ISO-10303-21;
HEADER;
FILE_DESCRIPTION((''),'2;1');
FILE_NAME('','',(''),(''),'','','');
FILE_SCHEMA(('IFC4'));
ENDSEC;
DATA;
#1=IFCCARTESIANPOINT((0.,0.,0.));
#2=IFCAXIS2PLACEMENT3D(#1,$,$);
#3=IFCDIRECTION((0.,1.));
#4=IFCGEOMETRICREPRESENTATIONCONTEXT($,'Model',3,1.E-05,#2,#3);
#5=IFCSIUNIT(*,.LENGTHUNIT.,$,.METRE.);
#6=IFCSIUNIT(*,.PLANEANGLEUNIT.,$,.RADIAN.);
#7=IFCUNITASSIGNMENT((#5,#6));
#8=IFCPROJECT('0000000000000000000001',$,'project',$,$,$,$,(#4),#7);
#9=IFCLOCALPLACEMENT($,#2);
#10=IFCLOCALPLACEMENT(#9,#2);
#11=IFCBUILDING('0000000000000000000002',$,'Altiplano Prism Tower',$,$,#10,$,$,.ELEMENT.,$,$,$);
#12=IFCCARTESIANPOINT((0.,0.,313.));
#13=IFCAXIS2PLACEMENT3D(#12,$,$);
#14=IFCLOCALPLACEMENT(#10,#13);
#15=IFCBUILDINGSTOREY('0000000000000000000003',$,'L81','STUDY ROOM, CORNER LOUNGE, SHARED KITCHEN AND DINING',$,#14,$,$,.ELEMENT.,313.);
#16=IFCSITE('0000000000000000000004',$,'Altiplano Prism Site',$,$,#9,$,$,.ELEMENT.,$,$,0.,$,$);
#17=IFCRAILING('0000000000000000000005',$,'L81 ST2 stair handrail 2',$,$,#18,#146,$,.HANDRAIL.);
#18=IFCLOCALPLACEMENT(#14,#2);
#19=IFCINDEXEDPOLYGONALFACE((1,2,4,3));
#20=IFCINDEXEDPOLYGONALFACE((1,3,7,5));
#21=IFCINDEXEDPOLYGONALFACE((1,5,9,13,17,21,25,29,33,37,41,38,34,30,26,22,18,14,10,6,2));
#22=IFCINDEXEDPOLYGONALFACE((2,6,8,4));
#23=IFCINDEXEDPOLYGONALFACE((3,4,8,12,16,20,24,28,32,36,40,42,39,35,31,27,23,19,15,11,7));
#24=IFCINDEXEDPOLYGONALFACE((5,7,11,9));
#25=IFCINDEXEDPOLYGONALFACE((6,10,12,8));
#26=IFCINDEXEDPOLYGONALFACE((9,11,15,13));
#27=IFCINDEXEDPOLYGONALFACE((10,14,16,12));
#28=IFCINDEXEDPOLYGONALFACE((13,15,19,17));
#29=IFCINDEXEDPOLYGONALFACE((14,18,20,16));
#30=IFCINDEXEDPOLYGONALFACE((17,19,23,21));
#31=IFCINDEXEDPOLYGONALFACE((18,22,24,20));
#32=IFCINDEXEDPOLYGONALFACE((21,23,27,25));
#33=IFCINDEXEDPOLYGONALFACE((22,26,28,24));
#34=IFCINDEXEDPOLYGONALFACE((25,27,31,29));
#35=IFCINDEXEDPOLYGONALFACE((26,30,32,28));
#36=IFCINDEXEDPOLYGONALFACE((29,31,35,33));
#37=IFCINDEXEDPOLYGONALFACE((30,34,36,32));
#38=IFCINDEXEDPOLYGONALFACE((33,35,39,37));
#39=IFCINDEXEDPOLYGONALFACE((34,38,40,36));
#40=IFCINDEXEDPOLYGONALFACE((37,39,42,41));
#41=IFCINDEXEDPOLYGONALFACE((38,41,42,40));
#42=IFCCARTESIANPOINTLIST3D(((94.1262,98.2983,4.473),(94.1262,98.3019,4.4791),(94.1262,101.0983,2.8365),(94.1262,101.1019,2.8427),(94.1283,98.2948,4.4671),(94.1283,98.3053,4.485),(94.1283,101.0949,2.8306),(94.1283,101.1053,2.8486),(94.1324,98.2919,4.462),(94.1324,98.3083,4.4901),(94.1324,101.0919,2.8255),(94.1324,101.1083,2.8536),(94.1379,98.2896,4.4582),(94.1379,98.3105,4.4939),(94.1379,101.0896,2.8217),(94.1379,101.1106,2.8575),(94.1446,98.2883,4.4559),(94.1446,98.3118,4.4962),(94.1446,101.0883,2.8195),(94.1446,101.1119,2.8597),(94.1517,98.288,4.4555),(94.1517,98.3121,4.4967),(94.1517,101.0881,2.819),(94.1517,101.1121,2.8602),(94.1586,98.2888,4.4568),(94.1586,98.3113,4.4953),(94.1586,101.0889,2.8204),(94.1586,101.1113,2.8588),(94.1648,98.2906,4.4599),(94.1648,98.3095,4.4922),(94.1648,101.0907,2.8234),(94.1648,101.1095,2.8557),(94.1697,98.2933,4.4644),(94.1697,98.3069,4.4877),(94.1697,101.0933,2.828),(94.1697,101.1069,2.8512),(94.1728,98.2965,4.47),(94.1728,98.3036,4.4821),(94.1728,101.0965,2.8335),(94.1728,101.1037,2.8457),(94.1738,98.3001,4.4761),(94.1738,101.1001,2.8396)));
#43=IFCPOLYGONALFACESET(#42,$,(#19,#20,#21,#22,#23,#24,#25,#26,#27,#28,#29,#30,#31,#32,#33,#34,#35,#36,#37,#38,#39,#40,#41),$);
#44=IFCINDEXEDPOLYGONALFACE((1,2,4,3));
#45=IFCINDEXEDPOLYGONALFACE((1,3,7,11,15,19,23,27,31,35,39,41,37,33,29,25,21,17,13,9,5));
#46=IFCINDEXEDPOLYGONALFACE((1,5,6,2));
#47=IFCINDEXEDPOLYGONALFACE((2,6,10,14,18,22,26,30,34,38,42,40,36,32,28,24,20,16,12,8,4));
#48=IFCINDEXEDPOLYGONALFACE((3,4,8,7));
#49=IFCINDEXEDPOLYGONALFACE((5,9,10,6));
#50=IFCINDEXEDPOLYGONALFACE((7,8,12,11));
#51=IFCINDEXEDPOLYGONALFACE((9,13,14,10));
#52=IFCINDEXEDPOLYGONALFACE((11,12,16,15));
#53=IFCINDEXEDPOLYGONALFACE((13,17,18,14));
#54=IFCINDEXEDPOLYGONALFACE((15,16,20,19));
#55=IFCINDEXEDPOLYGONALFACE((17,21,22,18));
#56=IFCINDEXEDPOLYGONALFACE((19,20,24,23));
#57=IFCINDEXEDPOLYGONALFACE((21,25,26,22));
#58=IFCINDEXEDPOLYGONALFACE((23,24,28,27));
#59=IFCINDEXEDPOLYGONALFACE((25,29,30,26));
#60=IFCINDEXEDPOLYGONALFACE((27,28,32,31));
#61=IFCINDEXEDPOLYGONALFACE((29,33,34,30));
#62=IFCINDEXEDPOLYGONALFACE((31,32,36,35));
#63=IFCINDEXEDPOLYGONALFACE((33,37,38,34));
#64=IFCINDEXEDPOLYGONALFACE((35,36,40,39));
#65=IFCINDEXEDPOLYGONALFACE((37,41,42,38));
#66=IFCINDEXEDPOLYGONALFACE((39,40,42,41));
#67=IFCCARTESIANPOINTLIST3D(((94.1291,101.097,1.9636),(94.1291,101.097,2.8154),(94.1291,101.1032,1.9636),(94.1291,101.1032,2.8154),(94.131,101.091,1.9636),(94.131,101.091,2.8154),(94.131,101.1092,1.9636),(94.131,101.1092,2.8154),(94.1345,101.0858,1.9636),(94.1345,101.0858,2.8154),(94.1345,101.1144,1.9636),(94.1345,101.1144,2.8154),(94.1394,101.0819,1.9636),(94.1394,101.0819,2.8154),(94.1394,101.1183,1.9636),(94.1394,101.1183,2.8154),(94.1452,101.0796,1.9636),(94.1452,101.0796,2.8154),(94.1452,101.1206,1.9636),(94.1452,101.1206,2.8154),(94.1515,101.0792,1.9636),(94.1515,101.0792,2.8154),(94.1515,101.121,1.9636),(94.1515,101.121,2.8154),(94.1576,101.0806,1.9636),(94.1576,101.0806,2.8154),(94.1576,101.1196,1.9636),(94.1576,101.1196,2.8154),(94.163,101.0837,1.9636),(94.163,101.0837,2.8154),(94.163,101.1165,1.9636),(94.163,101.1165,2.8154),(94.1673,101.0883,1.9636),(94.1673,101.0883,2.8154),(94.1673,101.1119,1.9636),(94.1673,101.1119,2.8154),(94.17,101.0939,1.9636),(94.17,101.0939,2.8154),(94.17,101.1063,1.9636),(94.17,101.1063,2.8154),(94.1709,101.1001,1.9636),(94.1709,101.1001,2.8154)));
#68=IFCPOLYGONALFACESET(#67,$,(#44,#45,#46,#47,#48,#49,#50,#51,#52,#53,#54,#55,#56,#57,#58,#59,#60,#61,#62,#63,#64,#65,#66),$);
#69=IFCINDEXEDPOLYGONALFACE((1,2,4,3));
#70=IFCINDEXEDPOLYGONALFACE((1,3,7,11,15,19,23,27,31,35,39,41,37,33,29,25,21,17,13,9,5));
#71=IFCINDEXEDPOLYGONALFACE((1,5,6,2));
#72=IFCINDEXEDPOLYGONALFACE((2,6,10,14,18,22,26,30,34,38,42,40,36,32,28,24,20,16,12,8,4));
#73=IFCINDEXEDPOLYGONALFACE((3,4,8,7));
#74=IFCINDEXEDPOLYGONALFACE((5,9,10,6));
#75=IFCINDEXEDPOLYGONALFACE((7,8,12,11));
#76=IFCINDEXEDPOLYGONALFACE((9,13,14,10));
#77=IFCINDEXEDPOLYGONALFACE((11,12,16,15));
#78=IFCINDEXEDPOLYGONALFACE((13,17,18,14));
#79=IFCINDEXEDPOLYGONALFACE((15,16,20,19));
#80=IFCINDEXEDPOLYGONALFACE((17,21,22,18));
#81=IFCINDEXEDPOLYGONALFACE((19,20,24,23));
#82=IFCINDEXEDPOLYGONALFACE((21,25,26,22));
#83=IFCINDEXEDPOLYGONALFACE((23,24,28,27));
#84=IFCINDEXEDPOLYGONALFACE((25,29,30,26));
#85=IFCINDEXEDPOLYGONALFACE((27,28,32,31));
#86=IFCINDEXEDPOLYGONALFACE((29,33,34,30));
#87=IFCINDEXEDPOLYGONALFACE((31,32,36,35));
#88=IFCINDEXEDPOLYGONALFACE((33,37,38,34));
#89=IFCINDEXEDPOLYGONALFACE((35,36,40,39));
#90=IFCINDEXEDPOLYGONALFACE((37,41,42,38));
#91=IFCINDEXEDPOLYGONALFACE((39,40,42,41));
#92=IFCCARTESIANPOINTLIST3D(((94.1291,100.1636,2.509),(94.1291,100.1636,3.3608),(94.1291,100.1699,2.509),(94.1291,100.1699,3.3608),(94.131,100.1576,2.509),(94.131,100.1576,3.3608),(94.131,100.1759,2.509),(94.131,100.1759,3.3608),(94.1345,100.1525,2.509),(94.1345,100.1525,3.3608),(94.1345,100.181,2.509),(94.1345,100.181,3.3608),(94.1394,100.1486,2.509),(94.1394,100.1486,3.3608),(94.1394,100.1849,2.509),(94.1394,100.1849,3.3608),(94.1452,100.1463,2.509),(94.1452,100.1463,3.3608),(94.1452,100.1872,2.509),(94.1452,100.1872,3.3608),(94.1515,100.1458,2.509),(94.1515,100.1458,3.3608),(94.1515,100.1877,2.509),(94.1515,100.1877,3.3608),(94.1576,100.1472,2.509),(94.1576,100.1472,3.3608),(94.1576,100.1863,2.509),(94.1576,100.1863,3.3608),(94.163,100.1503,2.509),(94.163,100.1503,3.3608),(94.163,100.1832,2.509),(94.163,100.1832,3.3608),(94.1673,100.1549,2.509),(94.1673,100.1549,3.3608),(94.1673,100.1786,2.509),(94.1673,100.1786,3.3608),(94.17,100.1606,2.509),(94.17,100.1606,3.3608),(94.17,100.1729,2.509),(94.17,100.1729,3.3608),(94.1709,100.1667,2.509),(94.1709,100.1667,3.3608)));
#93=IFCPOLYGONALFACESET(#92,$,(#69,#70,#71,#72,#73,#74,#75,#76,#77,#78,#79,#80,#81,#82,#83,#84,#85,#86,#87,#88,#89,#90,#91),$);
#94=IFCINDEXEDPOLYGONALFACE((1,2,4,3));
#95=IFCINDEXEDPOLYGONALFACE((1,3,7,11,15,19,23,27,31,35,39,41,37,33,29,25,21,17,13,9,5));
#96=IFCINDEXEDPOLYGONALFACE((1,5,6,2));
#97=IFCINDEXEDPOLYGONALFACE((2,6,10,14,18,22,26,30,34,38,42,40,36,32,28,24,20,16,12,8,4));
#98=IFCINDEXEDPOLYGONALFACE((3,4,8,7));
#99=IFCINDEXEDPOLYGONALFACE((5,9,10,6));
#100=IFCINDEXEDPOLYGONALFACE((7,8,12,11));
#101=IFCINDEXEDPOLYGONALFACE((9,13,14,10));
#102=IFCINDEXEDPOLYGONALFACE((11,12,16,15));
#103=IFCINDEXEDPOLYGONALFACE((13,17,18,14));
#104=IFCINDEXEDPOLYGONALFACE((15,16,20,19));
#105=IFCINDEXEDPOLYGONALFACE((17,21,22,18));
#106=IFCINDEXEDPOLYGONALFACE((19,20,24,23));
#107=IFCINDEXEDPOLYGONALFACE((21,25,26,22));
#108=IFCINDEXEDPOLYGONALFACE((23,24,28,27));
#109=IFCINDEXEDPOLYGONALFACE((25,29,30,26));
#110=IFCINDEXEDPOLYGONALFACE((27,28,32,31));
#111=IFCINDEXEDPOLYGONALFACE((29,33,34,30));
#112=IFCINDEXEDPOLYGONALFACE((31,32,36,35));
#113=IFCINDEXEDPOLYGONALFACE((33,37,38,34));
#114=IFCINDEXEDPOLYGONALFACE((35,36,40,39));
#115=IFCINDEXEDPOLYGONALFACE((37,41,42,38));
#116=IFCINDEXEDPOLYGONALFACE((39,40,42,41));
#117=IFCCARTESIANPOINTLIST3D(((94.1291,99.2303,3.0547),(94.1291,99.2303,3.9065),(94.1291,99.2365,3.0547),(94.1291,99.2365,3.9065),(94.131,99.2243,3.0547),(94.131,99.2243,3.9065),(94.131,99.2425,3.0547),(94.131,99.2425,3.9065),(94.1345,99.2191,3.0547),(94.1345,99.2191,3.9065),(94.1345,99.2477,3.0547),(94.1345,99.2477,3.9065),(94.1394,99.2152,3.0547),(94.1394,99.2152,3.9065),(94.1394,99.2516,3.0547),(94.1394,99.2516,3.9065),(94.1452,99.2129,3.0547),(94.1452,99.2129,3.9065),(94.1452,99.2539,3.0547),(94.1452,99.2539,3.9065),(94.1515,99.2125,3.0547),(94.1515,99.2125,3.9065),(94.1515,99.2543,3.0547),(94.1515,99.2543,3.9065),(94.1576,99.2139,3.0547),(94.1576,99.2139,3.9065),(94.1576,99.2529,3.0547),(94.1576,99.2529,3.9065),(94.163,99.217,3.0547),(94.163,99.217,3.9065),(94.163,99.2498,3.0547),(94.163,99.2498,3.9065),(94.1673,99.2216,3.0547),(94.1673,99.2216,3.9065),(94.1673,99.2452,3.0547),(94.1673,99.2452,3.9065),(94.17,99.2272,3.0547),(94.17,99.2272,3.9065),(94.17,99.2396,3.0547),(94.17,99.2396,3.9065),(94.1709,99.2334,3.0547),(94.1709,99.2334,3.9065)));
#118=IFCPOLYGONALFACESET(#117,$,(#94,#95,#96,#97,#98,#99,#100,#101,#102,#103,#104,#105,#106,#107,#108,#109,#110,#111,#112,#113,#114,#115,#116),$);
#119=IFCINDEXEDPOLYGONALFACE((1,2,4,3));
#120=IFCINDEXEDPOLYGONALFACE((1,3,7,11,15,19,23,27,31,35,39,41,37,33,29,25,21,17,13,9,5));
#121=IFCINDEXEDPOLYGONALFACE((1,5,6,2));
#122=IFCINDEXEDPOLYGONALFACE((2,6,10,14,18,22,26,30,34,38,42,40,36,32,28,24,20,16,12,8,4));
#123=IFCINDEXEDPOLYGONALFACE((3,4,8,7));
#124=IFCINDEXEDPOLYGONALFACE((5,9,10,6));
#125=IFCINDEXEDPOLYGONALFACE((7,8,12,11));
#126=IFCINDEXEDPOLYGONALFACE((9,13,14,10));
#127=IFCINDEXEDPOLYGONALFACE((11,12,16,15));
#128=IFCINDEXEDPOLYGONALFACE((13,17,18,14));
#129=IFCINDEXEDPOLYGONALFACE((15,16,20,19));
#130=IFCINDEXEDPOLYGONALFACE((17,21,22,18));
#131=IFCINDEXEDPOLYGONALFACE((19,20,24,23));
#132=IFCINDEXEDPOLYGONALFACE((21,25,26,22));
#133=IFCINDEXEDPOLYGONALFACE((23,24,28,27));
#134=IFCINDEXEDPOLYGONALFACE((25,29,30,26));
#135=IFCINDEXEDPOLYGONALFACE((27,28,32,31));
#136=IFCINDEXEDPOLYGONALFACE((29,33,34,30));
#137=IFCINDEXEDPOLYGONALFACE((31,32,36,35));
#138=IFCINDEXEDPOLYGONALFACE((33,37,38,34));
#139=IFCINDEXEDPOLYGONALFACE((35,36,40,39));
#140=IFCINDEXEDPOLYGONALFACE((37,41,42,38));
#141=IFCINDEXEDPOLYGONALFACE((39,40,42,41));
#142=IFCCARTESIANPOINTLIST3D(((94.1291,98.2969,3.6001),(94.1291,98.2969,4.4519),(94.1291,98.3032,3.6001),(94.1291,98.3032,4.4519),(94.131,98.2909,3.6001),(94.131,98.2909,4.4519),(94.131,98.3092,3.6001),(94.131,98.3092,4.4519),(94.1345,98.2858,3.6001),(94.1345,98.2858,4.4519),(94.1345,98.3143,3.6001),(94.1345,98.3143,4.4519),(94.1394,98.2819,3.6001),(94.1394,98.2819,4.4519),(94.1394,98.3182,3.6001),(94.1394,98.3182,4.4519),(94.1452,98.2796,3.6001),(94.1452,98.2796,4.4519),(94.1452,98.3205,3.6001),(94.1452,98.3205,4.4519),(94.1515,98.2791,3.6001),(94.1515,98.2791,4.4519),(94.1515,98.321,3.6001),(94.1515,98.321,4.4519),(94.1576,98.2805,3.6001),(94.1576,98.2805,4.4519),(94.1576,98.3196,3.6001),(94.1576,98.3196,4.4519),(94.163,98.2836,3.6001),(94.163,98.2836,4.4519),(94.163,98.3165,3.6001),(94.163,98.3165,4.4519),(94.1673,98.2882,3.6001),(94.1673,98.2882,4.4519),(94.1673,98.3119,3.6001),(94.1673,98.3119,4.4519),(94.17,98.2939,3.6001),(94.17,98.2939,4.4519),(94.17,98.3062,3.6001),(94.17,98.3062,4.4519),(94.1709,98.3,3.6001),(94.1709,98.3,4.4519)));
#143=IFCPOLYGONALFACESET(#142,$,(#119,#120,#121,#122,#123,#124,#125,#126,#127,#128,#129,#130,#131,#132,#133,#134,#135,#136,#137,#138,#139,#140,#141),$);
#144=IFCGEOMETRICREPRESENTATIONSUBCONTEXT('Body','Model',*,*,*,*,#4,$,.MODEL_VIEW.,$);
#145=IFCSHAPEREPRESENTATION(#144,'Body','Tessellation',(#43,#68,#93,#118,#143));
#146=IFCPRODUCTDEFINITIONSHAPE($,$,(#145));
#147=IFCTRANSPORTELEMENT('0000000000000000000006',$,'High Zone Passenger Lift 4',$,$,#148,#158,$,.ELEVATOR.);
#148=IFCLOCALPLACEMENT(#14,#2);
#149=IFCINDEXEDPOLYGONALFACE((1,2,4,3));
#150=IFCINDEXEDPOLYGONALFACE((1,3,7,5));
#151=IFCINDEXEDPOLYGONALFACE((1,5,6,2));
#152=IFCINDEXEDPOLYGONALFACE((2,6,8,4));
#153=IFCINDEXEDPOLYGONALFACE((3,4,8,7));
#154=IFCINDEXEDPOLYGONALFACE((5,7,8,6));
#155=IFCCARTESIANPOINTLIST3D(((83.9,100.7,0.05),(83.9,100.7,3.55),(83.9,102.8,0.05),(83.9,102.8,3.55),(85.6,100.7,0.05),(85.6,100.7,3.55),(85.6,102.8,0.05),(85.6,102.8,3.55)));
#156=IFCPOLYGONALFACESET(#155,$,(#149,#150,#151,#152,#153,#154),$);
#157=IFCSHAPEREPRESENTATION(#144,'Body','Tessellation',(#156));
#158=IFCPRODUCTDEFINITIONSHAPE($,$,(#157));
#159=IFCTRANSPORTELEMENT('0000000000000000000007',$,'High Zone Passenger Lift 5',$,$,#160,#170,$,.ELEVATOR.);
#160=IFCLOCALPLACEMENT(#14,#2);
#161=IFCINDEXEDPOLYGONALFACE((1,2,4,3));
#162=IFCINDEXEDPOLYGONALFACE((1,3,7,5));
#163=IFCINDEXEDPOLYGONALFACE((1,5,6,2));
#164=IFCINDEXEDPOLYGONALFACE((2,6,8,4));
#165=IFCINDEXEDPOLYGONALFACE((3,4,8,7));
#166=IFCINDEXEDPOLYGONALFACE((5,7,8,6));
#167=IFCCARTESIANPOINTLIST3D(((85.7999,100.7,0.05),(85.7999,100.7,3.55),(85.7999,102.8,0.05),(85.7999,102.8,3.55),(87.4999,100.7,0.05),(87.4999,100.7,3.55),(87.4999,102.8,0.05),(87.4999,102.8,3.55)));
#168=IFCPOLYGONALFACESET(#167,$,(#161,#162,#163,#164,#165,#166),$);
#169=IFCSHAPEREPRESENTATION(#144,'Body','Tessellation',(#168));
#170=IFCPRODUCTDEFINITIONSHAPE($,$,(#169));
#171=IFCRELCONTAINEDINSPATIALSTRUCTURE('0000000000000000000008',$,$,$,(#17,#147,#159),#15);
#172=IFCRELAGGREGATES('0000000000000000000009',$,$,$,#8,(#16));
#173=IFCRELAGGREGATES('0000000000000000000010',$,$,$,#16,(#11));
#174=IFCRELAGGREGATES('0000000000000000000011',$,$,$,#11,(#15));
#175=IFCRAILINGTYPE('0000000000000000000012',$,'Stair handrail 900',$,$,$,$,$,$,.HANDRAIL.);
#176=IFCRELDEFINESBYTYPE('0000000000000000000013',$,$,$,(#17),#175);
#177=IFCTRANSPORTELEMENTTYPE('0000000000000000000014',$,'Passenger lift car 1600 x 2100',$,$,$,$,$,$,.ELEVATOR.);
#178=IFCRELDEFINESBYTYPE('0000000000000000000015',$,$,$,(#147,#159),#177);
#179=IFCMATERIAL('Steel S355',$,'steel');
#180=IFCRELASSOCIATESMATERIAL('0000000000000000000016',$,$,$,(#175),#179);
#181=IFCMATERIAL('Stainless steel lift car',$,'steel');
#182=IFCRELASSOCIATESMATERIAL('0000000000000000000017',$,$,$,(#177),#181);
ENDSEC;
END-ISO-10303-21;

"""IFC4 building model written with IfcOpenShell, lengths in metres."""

from ifc_helpers import new_model, si_unit, direction, frame, origin, origin_2d, place, context, subcontext, project, spatial, rectangle, circle, extrude, material, type_object, element, save


model = new_model("IFC4")

# Units and contexts
model_context = context("Model", 3, precision=1e-05, world=origin(), true_north=direction((0.0, 1.0)))
body_context = subcontext(model_context, "Body", "Model", "MODEL_VIEW")
ifc_project = project(units=[si_unit("LENGTHUNIT", "METRE"), si_unit("PLANEANGLEUNIT", "RADIAN")], contexts=[model_context])

# Site, building, storey
site_placement = place(None, origin())
site = spatial("IfcSite", under=ifc_project, at=site_placement, Name="Altiplano Prism Site", CompositionType="ELEMENT", RefElevation=0.0)
building_placement = place(site_placement, origin())
building = spatial("IfcBuilding", under=site, at=building_placement, Name="Altiplano Prism Tower", CompositionType="ELEMENT")
storey_placement = place(building_placement, frame((0.0, 0.0, 313.0)))
storey = spatial("IfcBuildingStorey", under=building, at=storey_placement, Name="L81", Description="STUDY ROOM, CORNER LOUNGE, SHARED KITCHEN AND DINING", CompositionType="ELEMENT", Elevation=313.0)

# Shared definitions
ifc_material_1 = material(Name="Steel S355", Category="steel")

# Railing
railing_type_1 = type_object("IfcRailingType", Name="Stair handrail 900", PredefinedType="HANDRAIL", material=ifc_material_1)
railing_1_placement = place(storey_placement, frame((94.1499, 101.1001, 1.9636)))
element("IfcRailing", 1, at=railing_1_placement, inside=storey, type_object=railing_type_1, Name="L81 ST2 stair handrail 2", PredefinedType="HANDRAIL", context=body_context, shape_type="SweptSolid", body=[
    extrude(circle(Radius=0.0239, at=origin_2d()), frame((0.0, 0.0, 0.876), z_axis=(0.0, -0.863361, 0.504587), x_axis=(1.0, 0.0, 0.0)), (0.0, 0.0, 1.0), 3.2432),
    extrude(circle(Radius=0.021, at=origin_2d()), origin(), (0.0, 0.0, 1.0), 0.8518),
    extrude(circle(Radius=0.021, at=origin_2d()), frame((0.0, -0.9333, 0.5454)), (0.0, 0.0, 1.0), 0.8518),
    extrude(circle(Radius=0.021, at=origin_2d()), frame((0.0, -1.8667, 1.0911)), (0.0, 0.0, 1.0), 0.8518),
    extrude(circle(Radius=0.021, at=origin_2d()), frame((0.0, -2.8, 1.6365)), (0.0, 0.0, 1.0), 0.8518),
])

# Transport elements
ifc_material_2 = material(Name="Stainless steel lift car", Category="steel")
transport_element_type = type_object("IfcTransportElementType", Name="Passenger lift car 1600 x 2100", PredefinedType="ELEVATOR", material=ifc_material_2)
for number, where, z_axis, x_axis, name in (
    (2, (84.75, 101.75, 0.05), (0.0, 0.0, 1.0), (1.0, 0.0, 0.0), "High Zone Passenger Lift 4"),
    (3, (86.6499, 101.75, 0.05), (0.0, 0.0, 1.0), (1.0, 0.0, 0.0), "High Zone Passenger Lift 5"),
):
    element("IfcTransportElement", number, at=place(storey_placement, frame(where, z_axis=z_axis, x_axis=x_axis)), inside=storey, type_object=transport_element_type, Name=name, PredefinedType="ELEVATOR", context=body_context, shape_type="SweptSolid", body=[
        extrude(rectangle(XDim=1.7, YDim=2.1001, at=origin_2d()), origin(), (0.0, 0.0, 1.0), 3.5),
    ])

save(model, "model.ifc")
